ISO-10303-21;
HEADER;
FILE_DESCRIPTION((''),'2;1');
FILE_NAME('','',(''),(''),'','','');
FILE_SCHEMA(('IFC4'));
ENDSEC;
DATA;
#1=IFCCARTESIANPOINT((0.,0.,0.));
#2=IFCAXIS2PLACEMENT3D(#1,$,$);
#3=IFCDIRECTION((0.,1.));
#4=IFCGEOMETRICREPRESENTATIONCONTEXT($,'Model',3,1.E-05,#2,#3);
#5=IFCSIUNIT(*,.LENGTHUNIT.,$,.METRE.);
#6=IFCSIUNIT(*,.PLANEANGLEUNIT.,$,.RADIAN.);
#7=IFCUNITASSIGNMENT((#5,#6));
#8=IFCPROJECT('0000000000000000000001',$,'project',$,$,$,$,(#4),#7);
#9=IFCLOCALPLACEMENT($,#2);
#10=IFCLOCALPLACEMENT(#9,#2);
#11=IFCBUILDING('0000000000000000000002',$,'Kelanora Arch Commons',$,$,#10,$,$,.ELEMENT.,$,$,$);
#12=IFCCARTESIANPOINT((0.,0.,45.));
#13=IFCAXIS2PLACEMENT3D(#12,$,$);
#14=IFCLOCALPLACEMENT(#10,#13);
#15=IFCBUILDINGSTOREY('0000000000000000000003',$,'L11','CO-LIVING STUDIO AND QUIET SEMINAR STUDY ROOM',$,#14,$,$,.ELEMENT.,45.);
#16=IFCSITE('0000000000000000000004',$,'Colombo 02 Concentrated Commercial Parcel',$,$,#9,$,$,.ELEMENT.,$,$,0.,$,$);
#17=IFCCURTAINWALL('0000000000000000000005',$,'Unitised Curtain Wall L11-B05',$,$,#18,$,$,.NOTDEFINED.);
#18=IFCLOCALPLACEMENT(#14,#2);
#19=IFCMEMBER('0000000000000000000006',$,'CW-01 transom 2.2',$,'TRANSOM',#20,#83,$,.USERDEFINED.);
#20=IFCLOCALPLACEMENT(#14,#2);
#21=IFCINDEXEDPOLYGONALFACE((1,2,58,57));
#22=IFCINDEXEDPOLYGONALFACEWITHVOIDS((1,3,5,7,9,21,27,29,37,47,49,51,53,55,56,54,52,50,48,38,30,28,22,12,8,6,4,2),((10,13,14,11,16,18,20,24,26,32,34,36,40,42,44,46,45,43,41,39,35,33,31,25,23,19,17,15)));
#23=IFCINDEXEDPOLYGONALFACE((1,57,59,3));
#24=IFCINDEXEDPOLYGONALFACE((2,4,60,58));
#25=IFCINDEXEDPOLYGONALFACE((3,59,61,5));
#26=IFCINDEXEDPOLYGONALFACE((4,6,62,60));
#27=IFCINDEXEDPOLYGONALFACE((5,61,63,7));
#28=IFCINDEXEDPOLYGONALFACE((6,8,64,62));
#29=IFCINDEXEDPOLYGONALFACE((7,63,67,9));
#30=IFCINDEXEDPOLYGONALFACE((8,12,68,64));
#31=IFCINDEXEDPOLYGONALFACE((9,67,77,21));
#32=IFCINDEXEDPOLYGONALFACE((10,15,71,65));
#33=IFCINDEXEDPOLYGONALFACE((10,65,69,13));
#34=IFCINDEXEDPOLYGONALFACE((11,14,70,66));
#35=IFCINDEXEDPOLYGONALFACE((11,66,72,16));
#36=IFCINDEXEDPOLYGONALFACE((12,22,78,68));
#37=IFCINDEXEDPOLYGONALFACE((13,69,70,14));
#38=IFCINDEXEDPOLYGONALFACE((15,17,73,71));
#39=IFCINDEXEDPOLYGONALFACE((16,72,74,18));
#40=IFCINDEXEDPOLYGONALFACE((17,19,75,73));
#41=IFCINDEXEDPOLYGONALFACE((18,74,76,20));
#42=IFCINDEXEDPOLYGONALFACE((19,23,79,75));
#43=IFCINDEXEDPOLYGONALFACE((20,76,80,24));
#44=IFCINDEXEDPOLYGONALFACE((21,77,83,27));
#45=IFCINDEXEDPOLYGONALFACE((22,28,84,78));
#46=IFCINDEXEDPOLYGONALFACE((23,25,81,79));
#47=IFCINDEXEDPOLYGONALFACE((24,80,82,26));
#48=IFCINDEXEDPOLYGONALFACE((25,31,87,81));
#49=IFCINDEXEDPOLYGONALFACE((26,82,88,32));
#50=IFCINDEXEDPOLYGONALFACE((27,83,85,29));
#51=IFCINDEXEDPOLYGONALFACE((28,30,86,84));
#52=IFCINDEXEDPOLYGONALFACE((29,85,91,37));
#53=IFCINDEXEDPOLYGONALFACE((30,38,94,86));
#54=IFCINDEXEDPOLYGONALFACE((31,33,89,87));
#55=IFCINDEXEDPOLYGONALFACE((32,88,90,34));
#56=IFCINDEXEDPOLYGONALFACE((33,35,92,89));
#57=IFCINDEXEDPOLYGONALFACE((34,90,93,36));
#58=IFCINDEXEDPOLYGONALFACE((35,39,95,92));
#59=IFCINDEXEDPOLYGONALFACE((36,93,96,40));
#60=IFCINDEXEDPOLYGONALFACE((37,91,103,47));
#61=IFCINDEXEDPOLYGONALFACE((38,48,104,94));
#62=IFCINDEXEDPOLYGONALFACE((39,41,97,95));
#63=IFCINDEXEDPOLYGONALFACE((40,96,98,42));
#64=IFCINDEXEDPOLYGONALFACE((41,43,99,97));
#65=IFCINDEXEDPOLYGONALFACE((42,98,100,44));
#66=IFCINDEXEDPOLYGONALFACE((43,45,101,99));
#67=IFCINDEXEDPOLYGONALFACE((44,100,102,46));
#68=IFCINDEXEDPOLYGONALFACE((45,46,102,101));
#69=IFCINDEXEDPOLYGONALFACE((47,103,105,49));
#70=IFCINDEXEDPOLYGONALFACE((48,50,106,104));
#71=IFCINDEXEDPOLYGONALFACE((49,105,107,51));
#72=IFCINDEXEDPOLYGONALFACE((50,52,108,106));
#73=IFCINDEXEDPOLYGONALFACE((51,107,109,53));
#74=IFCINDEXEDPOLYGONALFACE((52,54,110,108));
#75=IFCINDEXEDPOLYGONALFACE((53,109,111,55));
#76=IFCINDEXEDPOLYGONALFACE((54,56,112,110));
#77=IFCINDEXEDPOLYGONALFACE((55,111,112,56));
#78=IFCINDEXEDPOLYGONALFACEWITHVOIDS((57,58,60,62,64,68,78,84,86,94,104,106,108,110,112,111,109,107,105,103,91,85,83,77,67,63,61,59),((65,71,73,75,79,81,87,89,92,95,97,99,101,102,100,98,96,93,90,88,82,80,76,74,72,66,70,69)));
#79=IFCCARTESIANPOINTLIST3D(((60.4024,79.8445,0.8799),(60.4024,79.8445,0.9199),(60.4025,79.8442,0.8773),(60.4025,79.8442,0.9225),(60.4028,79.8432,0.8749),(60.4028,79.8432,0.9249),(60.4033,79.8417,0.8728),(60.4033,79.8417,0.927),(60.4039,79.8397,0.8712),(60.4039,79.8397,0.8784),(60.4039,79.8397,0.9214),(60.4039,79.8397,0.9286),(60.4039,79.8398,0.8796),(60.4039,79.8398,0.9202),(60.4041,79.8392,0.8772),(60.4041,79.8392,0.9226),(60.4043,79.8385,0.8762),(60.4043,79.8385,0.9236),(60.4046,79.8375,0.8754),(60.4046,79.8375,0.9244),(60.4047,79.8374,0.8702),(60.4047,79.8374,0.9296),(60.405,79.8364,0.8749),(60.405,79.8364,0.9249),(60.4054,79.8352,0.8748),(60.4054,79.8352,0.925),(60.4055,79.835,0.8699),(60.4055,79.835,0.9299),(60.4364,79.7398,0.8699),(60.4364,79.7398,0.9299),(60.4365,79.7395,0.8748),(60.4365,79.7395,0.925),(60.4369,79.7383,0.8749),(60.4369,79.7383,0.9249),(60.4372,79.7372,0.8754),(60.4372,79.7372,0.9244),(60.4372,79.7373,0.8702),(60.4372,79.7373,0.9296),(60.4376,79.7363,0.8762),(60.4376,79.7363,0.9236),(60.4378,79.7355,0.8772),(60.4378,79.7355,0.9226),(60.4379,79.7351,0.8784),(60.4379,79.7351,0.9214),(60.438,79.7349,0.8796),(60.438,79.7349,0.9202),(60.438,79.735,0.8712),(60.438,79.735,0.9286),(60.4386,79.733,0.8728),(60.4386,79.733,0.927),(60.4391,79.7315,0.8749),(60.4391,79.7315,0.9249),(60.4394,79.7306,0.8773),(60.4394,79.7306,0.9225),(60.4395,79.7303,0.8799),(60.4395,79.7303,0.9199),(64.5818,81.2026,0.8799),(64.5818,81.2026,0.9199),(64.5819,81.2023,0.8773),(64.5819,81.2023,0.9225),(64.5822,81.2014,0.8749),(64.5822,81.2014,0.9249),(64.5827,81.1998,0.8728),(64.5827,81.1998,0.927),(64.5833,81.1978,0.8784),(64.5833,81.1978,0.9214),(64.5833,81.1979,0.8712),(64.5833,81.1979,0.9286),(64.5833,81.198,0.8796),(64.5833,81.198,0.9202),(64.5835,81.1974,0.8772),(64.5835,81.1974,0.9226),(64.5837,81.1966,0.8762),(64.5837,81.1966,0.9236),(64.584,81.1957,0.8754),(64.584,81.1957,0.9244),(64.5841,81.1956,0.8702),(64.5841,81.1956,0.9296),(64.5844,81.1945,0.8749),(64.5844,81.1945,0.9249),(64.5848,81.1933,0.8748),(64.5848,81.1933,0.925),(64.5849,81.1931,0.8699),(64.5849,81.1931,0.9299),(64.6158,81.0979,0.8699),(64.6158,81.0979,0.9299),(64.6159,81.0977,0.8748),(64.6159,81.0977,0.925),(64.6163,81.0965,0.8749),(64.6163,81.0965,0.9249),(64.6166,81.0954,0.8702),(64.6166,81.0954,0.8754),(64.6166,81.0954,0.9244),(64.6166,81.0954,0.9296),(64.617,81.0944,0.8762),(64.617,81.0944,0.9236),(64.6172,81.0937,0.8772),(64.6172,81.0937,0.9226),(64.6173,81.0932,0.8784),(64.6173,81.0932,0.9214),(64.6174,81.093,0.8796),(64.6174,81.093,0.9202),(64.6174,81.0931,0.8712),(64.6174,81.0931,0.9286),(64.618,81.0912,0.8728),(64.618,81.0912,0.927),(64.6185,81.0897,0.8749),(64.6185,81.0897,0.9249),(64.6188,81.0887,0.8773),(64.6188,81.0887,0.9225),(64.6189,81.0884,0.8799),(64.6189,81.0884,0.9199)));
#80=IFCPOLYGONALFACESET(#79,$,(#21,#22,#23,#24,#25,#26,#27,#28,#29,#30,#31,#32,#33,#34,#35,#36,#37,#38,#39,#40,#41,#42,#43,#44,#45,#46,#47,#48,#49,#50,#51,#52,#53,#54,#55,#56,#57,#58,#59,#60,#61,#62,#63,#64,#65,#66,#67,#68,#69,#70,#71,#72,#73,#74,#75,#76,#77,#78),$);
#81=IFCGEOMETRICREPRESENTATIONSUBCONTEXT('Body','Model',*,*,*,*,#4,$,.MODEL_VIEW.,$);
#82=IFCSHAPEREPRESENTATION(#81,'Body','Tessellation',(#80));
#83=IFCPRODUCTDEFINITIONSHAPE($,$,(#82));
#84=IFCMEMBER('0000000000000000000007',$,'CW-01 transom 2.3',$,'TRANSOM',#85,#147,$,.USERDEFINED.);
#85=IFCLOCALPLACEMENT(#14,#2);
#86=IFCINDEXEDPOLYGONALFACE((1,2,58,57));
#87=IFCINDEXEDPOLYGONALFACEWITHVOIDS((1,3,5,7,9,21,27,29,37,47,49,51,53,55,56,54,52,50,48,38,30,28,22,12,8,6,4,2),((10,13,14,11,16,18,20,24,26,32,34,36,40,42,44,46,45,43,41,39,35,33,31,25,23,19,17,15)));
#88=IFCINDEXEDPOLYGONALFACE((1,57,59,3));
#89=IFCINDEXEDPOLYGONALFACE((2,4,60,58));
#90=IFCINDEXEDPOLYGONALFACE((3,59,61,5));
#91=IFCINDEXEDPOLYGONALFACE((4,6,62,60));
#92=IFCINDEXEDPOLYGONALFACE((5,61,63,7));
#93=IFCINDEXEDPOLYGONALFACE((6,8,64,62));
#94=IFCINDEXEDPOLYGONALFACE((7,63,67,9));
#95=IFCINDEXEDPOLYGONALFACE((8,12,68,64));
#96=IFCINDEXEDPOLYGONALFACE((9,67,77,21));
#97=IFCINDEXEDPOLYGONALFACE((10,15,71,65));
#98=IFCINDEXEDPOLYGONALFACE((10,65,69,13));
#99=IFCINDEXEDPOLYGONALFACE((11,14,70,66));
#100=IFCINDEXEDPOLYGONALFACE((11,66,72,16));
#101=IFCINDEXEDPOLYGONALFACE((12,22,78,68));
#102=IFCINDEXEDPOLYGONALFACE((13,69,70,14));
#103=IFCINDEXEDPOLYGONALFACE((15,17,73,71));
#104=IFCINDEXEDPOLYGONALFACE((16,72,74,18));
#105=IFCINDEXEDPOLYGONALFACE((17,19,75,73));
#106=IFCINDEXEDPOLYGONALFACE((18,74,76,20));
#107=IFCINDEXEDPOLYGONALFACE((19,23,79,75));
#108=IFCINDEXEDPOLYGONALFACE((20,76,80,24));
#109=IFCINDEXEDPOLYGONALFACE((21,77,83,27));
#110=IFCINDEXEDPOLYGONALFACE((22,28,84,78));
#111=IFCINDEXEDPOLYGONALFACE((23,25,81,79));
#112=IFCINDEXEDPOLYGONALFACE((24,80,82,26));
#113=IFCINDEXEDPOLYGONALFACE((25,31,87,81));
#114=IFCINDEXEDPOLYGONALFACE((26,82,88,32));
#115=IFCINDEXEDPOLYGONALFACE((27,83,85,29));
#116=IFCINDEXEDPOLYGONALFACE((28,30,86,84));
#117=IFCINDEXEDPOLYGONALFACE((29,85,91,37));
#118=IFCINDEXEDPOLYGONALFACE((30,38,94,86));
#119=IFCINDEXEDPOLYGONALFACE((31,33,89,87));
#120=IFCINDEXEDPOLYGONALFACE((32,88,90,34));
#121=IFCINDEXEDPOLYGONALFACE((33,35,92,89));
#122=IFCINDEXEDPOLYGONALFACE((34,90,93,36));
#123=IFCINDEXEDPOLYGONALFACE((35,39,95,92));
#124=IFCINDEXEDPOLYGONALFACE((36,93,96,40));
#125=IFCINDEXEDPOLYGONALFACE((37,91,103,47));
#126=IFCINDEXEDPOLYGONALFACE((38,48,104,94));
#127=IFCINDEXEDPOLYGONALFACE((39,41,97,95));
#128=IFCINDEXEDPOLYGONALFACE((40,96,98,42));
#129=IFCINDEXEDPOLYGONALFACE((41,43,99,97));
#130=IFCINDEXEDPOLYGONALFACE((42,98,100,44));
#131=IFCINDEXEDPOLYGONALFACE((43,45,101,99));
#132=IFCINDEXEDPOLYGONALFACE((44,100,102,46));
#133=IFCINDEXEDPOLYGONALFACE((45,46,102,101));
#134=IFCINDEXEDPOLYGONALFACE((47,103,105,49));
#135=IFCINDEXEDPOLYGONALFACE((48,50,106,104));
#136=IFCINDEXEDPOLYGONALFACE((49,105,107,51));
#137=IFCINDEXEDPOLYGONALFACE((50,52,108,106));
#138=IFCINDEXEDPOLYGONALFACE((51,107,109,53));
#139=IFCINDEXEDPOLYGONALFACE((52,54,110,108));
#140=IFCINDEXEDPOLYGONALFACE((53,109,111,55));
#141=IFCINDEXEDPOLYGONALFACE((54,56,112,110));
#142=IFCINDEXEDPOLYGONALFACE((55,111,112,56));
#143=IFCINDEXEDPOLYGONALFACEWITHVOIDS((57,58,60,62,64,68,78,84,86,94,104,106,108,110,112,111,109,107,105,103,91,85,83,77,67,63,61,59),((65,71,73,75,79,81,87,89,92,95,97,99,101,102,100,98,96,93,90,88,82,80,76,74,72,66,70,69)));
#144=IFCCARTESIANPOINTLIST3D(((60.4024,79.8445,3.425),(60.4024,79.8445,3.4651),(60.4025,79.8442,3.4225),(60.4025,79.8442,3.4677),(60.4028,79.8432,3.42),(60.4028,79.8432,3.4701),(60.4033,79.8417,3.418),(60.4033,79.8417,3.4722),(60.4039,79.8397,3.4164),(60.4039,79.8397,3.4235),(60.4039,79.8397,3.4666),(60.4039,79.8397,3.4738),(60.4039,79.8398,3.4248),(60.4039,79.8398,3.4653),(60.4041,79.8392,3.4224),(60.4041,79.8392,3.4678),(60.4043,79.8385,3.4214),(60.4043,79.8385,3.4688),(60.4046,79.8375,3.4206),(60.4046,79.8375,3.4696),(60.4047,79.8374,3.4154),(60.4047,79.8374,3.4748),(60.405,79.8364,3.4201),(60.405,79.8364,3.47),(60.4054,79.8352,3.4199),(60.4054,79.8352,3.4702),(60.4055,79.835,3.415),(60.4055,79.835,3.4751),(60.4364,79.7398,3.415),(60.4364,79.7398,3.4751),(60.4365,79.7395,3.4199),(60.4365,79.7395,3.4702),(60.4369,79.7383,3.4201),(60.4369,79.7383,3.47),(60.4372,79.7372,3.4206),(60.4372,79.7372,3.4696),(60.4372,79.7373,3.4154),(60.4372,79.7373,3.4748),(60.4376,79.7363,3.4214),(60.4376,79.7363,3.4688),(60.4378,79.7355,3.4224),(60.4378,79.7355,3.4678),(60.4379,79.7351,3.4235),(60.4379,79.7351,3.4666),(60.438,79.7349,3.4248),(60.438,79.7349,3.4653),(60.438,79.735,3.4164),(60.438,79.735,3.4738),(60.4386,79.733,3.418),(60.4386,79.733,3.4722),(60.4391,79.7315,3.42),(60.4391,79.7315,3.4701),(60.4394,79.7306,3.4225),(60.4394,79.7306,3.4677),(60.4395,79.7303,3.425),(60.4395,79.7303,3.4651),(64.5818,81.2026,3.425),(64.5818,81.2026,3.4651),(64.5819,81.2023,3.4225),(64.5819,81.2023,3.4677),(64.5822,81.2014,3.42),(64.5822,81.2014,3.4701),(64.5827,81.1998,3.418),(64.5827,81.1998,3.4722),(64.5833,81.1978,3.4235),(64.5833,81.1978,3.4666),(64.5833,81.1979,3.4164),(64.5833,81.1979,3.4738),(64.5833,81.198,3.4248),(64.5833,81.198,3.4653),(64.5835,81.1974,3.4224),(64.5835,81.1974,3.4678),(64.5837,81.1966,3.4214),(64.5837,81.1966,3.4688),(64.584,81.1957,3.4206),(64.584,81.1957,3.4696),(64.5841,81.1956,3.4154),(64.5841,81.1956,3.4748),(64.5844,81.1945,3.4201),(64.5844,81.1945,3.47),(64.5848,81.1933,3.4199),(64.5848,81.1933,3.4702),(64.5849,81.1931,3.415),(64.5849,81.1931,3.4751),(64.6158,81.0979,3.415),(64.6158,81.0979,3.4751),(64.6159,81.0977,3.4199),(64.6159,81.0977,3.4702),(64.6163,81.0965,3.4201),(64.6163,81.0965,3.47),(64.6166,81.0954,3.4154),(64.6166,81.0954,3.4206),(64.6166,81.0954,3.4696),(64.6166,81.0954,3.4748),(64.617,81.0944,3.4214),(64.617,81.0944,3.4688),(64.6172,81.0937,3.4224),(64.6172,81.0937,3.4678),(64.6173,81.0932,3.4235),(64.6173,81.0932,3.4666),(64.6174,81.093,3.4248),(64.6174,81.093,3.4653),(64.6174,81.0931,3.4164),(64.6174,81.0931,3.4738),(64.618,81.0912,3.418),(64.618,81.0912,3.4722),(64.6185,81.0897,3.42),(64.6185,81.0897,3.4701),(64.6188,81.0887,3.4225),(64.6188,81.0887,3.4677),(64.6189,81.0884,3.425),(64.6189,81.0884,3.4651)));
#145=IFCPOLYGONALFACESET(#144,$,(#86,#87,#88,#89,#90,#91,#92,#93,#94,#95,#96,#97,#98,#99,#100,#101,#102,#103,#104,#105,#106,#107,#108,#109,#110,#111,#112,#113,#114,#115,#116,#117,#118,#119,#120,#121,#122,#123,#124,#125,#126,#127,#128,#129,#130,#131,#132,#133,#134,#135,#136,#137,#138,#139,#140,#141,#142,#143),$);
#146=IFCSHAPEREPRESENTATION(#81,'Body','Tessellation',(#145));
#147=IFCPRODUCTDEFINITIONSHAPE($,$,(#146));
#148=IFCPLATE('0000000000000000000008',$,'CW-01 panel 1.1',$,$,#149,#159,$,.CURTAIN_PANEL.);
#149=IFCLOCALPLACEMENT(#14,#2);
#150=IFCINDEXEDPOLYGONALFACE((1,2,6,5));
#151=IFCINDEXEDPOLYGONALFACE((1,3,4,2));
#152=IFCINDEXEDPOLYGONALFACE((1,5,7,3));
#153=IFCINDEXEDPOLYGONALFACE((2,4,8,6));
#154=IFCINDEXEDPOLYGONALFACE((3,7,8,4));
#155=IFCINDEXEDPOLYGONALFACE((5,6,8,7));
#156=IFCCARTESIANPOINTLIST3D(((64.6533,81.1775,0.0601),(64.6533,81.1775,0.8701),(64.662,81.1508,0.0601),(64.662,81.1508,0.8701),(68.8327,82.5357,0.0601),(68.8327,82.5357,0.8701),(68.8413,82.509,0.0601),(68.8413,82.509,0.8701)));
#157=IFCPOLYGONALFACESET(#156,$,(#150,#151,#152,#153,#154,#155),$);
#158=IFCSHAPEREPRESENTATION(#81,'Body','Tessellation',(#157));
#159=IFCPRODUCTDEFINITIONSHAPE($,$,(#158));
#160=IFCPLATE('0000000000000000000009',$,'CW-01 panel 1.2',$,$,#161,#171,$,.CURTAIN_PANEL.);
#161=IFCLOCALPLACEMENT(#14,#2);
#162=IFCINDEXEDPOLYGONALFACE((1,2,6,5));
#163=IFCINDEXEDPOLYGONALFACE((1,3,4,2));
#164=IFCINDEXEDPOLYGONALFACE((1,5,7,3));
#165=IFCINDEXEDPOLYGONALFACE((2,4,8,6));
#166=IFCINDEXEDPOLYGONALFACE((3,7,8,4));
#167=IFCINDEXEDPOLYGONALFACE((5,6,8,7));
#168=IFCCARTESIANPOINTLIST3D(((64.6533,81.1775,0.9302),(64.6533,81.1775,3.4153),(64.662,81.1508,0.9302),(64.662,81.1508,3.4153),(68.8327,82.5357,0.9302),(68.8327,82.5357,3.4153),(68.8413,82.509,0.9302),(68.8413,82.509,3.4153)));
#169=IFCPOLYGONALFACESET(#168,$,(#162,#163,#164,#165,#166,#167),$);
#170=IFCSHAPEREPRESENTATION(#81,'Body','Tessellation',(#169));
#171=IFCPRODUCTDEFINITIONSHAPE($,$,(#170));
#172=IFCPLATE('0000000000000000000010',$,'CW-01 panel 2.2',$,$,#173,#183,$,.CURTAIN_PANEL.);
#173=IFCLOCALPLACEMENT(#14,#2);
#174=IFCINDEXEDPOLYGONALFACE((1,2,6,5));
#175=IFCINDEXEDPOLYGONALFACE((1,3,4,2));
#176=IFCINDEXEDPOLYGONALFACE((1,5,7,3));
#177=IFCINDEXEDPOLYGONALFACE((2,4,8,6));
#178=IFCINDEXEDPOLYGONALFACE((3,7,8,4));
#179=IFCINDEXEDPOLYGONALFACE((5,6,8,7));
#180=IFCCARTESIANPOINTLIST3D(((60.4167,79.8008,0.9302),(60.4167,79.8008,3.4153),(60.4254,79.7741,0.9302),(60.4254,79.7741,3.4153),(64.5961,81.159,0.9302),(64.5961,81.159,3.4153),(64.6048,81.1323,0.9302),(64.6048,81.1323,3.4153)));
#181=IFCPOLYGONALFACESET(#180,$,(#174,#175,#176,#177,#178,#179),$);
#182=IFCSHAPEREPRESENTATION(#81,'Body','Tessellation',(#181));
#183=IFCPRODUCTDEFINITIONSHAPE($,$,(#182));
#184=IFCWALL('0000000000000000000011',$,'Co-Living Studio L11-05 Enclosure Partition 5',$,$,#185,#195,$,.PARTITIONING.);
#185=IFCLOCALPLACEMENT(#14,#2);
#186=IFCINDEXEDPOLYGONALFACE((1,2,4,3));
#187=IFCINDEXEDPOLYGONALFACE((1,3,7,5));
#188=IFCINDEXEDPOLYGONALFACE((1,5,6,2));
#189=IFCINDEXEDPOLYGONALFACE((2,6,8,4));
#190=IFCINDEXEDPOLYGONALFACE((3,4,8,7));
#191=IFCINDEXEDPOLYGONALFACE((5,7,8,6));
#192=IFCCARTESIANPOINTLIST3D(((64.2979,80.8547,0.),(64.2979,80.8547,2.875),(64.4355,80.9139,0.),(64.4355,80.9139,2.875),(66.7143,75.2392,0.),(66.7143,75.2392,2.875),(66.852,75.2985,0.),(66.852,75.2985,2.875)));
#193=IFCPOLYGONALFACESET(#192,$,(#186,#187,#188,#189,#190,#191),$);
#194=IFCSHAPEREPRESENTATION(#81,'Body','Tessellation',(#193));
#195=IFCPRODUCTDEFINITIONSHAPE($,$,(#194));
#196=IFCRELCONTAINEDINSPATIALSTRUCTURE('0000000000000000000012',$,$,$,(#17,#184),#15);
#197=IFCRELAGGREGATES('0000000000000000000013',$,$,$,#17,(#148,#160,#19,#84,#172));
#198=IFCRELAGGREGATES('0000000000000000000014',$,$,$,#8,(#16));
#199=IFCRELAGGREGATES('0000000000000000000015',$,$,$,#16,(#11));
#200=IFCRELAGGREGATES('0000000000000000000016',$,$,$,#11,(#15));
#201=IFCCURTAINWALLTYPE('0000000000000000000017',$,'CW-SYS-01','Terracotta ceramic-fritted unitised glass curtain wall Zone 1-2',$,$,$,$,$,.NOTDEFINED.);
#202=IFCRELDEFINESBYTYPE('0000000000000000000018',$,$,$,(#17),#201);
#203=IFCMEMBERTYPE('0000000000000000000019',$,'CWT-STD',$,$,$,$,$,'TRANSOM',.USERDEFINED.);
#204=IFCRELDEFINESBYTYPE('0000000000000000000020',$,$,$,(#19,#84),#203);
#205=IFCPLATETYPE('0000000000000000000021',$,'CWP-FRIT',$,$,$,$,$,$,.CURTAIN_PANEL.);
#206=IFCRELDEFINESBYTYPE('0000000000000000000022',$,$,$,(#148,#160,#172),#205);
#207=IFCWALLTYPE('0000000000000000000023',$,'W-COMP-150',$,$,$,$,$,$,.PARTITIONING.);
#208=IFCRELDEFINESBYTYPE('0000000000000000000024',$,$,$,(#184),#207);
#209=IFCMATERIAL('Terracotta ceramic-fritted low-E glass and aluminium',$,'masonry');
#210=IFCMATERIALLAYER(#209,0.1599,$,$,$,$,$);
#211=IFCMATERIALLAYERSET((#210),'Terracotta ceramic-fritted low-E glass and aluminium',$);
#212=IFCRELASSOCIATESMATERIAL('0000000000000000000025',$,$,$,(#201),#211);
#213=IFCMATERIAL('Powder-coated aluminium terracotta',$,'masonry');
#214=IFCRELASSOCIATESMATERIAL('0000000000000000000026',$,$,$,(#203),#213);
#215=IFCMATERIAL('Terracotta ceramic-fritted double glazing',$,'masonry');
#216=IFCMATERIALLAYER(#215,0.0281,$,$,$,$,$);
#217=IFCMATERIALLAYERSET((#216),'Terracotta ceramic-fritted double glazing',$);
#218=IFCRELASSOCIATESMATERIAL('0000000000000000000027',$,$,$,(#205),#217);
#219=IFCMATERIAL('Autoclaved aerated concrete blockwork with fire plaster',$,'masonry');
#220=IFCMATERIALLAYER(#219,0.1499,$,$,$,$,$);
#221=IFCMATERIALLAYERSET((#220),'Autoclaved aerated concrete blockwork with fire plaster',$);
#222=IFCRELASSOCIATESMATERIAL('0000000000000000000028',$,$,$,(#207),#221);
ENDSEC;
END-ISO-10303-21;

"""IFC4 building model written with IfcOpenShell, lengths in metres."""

from ifc_helpers import new_model, si_unit, direction, frame, frame_2d, origin, origin_2d, place, context, subcontext, project, spatial, rectangle, hollow_rectangle, extrude, source, transform, mapped, material, layer, layer_set, material_profile, profile_set, type_object, element, aggregate, save


model = new_model("IFC4")

# Units and contexts
model_context = context("Model", 3, precision=1e-05, world=origin(), true_north=direction((0.0, 1.0)))
body_context = subcontext(model_context, "Body", "Model", "MODEL_VIEW")
ifc_project = project(units=[si_unit("LENGTHUNIT", "METRE"), si_unit("PLANEANGLEUNIT", "RADIAN")], contexts=[model_context])

# Site, building, storey
site_placement = place(None, origin())
site = spatial("IfcSite", under=ifc_project, at=site_placement, Name="Colombo 02 Concentrated Commercial Parcel", CompositionType="ELEMENT", RefElevation=0.0)
building_placement = place(site_placement, origin())
building = spatial("IfcBuilding", under=site, at=building_placement, Name="Kelanora Arch Commons", CompositionType="ELEMENT")
storey_placement = place(building_placement, frame((0.0, 0.0, 45.0)))
storey = spatial("IfcBuildingStorey", under=building, at=storey_placement, Name="L11", Description="CO-LIVING STUDIO AND QUIET SEMINAR STUDY ROOM", CompositionType="ELEMENT", Elevation=45.0)

# Curtain wall, members, plates
ifc_material_1 = material(Name="Terracotta ceramic-fritted low-E glass and aluminium", Category="masonry")
ifc_layer_1 = layer(ifc_material_1, 0.1599)
ifc_layer_set_1 = layer_set([ifc_layer_1], Name="Terracotta ceramic-fritted low-E glass and aluminium")
curtain_wall_type = type_object("IfcCurtainWallType", Name="CW-SYS-01", Description="Terracotta ceramic-fritted unitised glass curtain wall Zone 1-2", PredefinedType="NOTDEFINED", material=ifc_layer_set_1)
curtain_wall_placement = place(storey_placement, origin())
curtain_wall = element("IfcCurtainWall", 1, at=curtain_wall_placement, inside=storey, type_object=curtain_wall_type, Name="Unitised Curtain Wall L11-B05", PredefinedType="NOTDEFINED")
ifc_material_2 = material(Name="Powder-coated aluminium terracotta", Category="masonry")
ifc_material_profile_1 = material_profile(ifc_material_2, hollow_rectangle(XDim=0.1201, YDim=0.0601, WallThickness=0.0049, InnerFilletRadius=0.0049, OuterFilletRadius=0.01, at=origin_2d()), Name="CWT120x60")
ifc_profile_set_1 = profile_set([ifc_material_profile_1], Name="Powder-coated aluminium terracotta")
member_type_1 = type_object("IfcMemberType", Name="CWT-STD", ElementType="TRANSOM", PredefinedType="USERDEFINED", material=ifc_profile_set_1)
member_1_placement = place(storey_placement, frame((64.6003, 81.1455, 0.8999), z_axis=(-0.951045, -0.309052, 0.0), x_axis=(0.309052, -0.951045, 0.0)))
member_1 = element("IfcMember", 2, at=member_1_placement, type_object=member_type_1, Name="CW-01 transom 2.2", ObjectType="TRANSOM", PredefinedType="USERDEFINED", context=body_context, shape_type="SweptSolid", body=[
    extrude(hollow_rectangle(XDim=0.1201, YDim=0.0601, WallThickness=0.0049, InnerFilletRadius=0.0049, OuterFilletRadius=0.01, at=origin_2d()), origin(), (0.0, 0.0, 1.0), 4.3945),
])
member_2_placement = place(storey_placement, frame((64.6003, 81.1455, 3.4451), z_axis=(-0.951045, -0.309052, 0.0), x_axis=(0.309052, -0.951045, 0.0)))
member_2 = element("IfcMember", 3, at=member_2_placement, type_object=member_type_1, Name="CW-01 transom 2.3", ObjectType="TRANSOM", PredefinedType="USERDEFINED", context=body_context, shape_type="SweptSolid", body=[
    extrude(hollow_rectangle(XDim=0.1201, YDim=0.0601, WallThickness=0.0049, InnerFilletRadius=0.0049, OuterFilletRadius=0.01, at=origin_2d()), origin(), (0.0, 0.0, 1.0), 4.3945),
])
ifc_material_3 = material(Name="Terracotta ceramic-fritted double glazing", Category="masonry")
ifc_layer_2 = layer(ifc_material_3, 0.0281)
ifc_layer_set_2 = layer_set([ifc_layer_2], Name="Terracotta ceramic-fritted double glazing")
plate_type = type_object("IfcPlateType", Name="CWP-FRIT", PredefinedType="CURTAIN_PANEL", material=ifc_layer_set_2)
shared_shape_1 = source(origin(), body_context, "Body", "SweptSolid", [
    extrude(rectangle(XDim=4.3945, YDim=0.0281, at=origin_2d()), origin(), (0.0, 0.0, 1.0), 0.8101),
])
plate_1_placement = place(storey_placement, frame((66.7473, 81.8433, 0.0601), z_axis=(0.0, 0.0, 1.0), x_axis=(-0.951043, -0.309058, 0.0)))
plate_1 = element("IfcPlate", 4, at=plate_1_placement, type_object=plate_type, Name="CW-01 panel 1.1", PredefinedType="CURTAIN_PANEL", context=body_context, shape_type="MappedRepresentation", body=[
    mapped(shared_shape_1, transform((0.0, 0.0, 0.0), scale=1.0)),
])
shared_shape_2 = source(origin(), body_context, "Body", "SweptSolid", [
    extrude(rectangle(XDim=4.3945, YDim=0.0281, at=origin_2d()), origin(), (0.0, 0.0, 1.0), 2.4851),
])
plate_2_placement = place(storey_placement, frame((66.7473, 81.8433, 0.9302), z_axis=(0.0, 0.0, 1.0), x_axis=(-0.951043, -0.309058, 0.0)))
plate_2 = element("IfcPlate", 5, at=plate_2_placement, type_object=plate_type, Name="CW-01 panel 1.2", PredefinedType="CURTAIN_PANEL", context=body_context, shape_type="MappedRepresentation", body=[
    mapped(shared_shape_2, transform((0.0, 0.0, 0.0), scale=1.0)),
])
plate_3_placement = place(storey_placement, frame((62.5107, 80.4666, 0.9302), z_axis=(0.0, 0.0, 1.0), x_axis=(-0.951043, -0.309058, 0.0)))
plate_3 = element("IfcPlate", 6, at=plate_3_placement, type_object=plate_type, Name="CW-01 panel 2.2", PredefinedType="CURTAIN_PANEL", context=body_context, shape_type="MappedRepresentation", body=[
    mapped(shared_shape_2, transform((0.0, 0.0, 0.0), scale=1.0)),
])
aggregate(curtain_wall, [plate_1, plate_2, member_1, member_2, plate_3])

# Wall
ifc_material_4 = material(Name="Autoclaved aerated concrete blockwork with fire plaster", Category="masonry")
ifc_layer_3 = layer(ifc_material_4, 0.1499)
ifc_layer_set_3 = layer_set([ifc_layer_3], Name="Autoclaved aerated concrete blockwork with fire plaster")
wall_type_1 = type_object("IfcWallType", Name="W-COMP-150", PredefinedType="PARTITIONING", material=ifc_layer_set_3)
wall_1_placement = place(storey_placement, frame((64.3667, 80.8843, 0.0), z_axis=(0.0, 0.0, 1.0), x_axis=(0.395283, -0.918559, 0.0)))
element("IfcWall", 7, at=wall_1_placement, inside=storey, type_object=wall_type_1, Name="Co-Living Studio L11-05 Enclosure Partition 5", PredefinedType="PARTITIONING", context=body_context, shape_type="SweptSolid", body=[
    extrude(rectangle(XDim=6.1133, YDim=0.1499, at=frame_2d((3.0566, 0.0))), origin(), (0.0, 0.0, 1.0), 2.875),
])

save(model, "model.ifc")
